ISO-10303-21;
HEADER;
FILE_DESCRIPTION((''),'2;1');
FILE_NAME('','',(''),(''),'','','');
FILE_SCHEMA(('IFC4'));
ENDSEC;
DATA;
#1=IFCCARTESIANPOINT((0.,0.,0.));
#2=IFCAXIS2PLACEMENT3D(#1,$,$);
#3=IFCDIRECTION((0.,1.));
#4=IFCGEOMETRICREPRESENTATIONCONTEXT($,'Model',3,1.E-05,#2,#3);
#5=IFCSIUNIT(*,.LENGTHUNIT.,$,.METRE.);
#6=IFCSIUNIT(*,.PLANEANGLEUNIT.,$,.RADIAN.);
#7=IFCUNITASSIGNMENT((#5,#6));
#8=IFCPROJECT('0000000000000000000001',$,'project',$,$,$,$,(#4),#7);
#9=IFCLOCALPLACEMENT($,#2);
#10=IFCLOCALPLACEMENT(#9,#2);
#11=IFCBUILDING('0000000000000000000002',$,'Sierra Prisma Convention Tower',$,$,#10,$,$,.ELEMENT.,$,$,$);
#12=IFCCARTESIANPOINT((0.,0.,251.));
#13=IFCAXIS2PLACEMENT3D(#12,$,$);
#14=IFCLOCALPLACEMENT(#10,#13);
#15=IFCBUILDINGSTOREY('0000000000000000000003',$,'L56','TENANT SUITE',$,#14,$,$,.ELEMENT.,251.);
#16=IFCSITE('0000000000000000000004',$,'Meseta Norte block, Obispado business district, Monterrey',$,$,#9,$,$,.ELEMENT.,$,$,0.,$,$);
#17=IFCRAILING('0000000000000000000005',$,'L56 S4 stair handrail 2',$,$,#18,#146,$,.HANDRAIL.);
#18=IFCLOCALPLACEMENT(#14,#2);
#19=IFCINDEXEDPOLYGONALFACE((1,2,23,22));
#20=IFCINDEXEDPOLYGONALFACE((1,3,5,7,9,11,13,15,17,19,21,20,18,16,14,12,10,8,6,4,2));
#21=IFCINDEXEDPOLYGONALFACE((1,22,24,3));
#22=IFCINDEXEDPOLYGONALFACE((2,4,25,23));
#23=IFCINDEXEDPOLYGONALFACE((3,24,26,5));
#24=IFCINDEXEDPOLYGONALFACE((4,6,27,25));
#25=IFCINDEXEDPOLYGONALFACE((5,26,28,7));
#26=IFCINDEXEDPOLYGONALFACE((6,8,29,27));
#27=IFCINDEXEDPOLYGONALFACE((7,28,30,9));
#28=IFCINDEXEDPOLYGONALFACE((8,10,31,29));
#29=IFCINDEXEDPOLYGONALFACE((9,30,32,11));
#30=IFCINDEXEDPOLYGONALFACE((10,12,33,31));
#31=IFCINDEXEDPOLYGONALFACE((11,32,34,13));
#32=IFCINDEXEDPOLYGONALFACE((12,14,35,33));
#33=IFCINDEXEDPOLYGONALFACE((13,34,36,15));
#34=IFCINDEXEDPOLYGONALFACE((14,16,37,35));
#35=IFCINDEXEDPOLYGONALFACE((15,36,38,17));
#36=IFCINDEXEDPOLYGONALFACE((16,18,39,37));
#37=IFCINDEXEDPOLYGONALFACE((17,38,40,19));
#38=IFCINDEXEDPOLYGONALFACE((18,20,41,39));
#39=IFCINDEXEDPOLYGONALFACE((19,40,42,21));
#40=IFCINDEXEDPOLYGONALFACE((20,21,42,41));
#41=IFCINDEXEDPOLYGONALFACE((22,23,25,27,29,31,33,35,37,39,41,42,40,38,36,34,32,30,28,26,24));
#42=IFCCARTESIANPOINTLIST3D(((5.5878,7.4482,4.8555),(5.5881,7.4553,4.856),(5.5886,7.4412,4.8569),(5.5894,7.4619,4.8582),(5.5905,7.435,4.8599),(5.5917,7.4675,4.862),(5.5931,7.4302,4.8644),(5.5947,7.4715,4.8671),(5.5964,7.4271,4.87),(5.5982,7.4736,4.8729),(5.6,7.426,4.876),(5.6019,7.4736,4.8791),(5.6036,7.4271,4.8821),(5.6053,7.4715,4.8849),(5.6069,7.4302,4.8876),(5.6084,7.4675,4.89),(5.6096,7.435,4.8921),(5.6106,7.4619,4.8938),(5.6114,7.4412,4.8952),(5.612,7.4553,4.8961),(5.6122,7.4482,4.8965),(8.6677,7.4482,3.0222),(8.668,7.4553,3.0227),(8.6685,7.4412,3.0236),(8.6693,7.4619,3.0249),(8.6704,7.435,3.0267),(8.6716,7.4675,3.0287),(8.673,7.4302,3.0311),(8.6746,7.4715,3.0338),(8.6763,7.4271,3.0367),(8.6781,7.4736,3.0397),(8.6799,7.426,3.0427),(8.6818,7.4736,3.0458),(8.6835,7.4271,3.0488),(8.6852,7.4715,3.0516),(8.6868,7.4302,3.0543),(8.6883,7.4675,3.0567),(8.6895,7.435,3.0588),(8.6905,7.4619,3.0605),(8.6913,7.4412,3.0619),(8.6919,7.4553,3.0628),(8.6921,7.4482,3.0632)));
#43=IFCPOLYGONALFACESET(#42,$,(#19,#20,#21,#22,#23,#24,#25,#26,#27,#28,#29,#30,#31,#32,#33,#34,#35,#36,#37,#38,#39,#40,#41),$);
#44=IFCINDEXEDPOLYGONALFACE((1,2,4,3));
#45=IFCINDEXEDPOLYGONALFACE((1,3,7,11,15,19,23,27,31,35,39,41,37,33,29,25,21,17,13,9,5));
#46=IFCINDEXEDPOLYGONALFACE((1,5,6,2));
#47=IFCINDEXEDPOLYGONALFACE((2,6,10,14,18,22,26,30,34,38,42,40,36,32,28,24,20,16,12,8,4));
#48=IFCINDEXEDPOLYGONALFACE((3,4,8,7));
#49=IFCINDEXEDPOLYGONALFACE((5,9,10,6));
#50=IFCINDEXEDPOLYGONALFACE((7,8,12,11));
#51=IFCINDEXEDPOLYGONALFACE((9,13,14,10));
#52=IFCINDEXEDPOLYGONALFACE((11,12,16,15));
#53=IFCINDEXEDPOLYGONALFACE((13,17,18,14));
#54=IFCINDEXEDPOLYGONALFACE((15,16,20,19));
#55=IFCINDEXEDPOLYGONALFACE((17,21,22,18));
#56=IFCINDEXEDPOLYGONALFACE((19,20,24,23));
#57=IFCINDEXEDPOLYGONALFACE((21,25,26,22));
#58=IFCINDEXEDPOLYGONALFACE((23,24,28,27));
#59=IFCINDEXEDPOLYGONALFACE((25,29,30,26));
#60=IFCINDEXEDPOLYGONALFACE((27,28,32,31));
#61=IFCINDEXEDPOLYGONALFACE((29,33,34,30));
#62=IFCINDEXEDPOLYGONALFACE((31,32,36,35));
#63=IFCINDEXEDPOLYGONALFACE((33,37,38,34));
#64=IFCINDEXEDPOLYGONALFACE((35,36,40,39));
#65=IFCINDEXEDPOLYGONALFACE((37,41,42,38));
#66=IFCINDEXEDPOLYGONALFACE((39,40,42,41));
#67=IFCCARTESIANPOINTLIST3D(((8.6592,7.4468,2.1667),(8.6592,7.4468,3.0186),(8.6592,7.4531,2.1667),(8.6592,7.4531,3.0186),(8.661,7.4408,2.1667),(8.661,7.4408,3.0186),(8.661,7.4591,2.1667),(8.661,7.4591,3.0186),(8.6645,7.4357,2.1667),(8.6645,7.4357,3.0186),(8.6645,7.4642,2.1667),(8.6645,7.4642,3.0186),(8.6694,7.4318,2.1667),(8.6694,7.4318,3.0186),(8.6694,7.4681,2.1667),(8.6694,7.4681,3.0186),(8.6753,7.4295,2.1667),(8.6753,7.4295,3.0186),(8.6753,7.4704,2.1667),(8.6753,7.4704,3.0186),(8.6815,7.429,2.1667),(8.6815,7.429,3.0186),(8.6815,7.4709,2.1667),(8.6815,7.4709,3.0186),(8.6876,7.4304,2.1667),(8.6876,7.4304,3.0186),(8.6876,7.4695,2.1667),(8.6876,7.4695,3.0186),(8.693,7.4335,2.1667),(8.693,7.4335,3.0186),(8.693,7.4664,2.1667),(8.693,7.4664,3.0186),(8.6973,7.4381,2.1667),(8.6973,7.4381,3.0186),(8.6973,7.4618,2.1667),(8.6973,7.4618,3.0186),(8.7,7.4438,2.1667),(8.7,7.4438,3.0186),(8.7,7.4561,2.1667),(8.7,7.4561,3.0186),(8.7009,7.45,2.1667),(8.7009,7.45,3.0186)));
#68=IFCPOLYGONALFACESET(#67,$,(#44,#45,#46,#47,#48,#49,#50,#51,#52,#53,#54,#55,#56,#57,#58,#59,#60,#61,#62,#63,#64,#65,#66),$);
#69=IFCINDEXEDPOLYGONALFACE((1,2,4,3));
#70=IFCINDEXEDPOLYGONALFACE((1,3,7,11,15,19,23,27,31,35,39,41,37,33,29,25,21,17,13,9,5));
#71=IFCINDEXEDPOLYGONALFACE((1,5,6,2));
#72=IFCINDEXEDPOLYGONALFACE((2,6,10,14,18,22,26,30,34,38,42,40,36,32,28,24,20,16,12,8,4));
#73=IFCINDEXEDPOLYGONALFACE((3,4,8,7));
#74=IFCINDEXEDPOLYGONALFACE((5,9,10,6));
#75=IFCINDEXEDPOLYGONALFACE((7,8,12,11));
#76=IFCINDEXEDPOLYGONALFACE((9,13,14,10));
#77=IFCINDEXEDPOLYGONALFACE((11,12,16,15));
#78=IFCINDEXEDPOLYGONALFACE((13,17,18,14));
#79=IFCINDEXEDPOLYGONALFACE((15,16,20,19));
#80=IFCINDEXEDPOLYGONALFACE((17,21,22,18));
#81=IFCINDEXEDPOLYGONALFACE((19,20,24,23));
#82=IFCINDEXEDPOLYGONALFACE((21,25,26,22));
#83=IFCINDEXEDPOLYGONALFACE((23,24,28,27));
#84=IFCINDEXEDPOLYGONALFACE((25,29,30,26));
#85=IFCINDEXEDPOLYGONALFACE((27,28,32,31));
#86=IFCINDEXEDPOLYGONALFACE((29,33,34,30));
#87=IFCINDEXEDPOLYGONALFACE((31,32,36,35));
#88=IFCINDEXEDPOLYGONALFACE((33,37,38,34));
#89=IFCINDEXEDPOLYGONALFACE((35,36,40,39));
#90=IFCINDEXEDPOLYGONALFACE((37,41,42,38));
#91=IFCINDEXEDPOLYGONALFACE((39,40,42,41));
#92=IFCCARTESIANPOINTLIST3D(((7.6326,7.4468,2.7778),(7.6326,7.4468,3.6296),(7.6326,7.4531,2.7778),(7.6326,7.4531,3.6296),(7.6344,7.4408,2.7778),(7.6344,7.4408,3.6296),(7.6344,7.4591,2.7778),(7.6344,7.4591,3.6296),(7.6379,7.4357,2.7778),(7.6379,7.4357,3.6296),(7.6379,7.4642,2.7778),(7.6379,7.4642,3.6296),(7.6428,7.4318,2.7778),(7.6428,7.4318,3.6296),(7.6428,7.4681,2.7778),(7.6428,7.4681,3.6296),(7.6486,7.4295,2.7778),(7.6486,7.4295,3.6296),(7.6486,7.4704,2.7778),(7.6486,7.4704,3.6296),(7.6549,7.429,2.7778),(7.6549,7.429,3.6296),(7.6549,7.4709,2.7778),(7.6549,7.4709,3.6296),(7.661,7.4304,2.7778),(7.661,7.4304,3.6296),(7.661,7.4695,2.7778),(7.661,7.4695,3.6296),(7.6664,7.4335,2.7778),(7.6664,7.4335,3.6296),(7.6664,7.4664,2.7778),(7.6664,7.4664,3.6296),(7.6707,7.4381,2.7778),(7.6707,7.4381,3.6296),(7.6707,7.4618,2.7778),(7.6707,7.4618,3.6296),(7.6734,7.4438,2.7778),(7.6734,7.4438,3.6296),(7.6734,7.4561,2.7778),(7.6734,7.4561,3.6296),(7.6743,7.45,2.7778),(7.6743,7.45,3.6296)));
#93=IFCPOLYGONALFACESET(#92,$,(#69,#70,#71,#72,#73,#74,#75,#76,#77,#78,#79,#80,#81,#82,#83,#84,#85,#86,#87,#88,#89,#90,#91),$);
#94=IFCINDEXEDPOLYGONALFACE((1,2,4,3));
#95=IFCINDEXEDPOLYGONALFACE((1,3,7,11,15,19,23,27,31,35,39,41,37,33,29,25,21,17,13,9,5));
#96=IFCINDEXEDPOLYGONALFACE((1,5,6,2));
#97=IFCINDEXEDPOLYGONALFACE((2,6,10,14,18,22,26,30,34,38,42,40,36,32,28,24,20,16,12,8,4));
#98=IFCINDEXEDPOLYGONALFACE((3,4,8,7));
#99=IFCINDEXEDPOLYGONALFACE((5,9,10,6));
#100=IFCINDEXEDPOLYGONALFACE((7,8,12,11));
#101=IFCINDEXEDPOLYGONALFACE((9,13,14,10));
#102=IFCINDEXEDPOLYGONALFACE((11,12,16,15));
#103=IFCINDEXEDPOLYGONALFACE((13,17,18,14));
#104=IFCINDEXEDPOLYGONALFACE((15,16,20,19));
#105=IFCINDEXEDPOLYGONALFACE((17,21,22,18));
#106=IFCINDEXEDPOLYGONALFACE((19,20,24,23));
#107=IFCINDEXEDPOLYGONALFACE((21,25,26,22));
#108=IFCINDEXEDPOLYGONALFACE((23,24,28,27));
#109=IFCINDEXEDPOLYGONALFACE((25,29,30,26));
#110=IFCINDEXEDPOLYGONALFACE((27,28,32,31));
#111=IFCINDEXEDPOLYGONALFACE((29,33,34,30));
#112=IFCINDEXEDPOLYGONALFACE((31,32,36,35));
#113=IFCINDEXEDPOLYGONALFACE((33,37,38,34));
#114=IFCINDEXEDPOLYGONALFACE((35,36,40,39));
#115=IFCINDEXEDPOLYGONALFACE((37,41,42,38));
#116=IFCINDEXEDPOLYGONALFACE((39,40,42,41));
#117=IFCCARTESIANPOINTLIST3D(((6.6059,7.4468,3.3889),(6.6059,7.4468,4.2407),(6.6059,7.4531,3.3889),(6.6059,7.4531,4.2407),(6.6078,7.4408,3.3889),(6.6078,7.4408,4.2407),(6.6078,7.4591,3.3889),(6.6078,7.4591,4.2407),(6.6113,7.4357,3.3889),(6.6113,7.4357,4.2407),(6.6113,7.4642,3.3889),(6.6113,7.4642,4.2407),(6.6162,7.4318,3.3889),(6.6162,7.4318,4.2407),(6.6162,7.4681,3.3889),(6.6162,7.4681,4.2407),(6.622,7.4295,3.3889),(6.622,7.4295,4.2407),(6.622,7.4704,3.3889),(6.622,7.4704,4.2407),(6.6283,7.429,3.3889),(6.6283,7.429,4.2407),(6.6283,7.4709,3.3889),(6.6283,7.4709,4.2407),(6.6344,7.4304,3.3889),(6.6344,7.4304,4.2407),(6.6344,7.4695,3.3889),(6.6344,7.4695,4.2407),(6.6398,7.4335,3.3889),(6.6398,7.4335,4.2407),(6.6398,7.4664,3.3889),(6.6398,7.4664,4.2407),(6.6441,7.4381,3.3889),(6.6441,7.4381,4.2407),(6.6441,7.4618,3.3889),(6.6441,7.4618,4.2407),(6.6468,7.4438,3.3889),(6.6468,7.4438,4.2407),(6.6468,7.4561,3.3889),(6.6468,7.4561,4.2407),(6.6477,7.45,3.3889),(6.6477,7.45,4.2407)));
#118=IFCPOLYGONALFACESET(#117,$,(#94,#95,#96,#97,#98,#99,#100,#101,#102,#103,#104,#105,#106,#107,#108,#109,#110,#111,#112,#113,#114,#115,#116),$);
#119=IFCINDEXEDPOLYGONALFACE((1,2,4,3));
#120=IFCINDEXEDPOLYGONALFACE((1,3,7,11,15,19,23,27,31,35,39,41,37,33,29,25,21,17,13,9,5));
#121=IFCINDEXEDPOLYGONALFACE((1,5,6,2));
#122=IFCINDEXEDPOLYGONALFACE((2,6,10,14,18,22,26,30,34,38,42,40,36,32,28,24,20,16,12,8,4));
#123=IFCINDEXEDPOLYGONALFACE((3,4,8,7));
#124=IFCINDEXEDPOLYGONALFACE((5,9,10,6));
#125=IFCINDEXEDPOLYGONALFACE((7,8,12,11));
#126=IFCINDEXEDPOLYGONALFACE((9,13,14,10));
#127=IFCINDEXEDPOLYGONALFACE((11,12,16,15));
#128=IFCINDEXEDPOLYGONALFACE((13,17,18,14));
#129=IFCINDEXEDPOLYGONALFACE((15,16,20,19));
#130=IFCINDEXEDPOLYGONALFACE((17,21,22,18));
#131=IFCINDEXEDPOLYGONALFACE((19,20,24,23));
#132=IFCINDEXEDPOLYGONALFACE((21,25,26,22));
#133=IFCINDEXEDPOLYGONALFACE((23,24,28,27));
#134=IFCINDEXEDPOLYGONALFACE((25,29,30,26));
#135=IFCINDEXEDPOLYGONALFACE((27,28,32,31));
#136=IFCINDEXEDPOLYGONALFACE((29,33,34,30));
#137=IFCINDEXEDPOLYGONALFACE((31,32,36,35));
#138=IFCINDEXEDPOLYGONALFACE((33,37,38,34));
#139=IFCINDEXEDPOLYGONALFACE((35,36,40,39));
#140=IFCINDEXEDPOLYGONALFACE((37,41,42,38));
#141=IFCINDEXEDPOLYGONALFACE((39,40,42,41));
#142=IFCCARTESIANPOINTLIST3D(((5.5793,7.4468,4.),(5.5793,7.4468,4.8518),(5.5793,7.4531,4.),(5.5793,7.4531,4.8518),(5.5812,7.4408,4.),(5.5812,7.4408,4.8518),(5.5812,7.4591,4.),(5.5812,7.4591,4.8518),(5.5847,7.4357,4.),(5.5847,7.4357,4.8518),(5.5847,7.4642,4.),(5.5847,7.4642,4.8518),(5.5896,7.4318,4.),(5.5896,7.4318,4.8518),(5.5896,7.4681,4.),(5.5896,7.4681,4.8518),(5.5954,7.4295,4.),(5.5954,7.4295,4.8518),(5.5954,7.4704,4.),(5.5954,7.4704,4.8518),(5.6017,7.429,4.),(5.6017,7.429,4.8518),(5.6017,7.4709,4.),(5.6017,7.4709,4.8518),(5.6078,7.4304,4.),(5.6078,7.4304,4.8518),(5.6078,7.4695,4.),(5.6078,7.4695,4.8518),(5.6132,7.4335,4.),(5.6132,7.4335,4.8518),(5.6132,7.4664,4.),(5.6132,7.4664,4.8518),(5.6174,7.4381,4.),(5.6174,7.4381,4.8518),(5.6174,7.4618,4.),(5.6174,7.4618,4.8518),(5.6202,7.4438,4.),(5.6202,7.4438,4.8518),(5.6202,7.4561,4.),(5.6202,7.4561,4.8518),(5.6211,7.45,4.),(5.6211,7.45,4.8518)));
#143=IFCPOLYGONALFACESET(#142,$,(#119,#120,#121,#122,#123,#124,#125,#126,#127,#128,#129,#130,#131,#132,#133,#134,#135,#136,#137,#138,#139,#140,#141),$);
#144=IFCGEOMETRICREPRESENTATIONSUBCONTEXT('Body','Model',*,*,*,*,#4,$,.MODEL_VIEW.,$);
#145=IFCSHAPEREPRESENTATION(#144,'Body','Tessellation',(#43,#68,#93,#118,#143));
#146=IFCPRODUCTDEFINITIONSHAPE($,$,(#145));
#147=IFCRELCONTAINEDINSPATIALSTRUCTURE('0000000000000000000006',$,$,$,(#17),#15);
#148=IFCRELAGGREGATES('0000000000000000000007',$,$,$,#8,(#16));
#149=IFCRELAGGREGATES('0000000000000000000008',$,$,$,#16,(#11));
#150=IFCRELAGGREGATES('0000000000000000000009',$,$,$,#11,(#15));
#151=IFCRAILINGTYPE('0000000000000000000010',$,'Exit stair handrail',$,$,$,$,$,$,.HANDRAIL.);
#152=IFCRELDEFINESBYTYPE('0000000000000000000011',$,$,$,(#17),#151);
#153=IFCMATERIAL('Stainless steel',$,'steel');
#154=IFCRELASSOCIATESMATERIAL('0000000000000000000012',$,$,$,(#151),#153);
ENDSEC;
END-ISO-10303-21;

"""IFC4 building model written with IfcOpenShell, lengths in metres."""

from ifc_helpers import new_model, si_unit, direction, frame, origin, origin_2d, place, context, subcontext, project, spatial, circle, extrude, material, type_object, element, save


model = new_model("IFC4")

# Units and contexts
model_context = context("Model", 3, precision=1e-05, world=origin(), true_north=direction((0.0, 1.0)))
body_context = subcontext(model_context, "Body", "Model", "MODEL_VIEW")
ifc_project = project(units=[si_unit("LENGTHUNIT", "METRE"), si_unit("PLANEANGLEUNIT", "RADIAN")], contexts=[model_context])

# Site, building, storey
site_placement = place(None, origin())
site = spatial("IfcSite", under=ifc_project, at=site_placement, Name="Meseta Norte block, Obispado business district, Monterrey", CompositionType="ELEMENT", RefElevation=0.0)
building_placement = place(site_placement, origin())
building = spatial("IfcBuilding", under=site, at=building_placement, Name="Sierra Prisma Convention Tower", CompositionType="ELEMENT")
storey_placement = place(building_placement, frame((0.0, 0.0, 251.0)))
storey = spatial("IfcBuildingStorey", under=building, at=storey_placement, Name="L56", Description="TENANT SUITE", CompositionType="ELEMENT", Elevation=251.0)

# Railing
ifc_material_1 = material(Name="Stainless steel", Category="steel")
railing_type_1 = type_object("IfcRailingType", Name="Exit stair handrail", PredefinedType="HANDRAIL", material=ifc_material_1)
railing_1_placement = place(storey_placement, frame((8.6799, 7.45, 2.1667)))
element("IfcRailing", 1, at=railing_1_placement, inside=storey, type_object=railing_type_1, Name="L56 S4 stair handrail 2", PredefinedType="HANDRAIL", context=body_context, shape_type="SweptSolid", body=[
    extrude(circle(Radius=0.0239, at=origin_2d()), frame((0.0, 0.0, 0.876), z_axis=(-0.859291, 0.0, 0.511487), x_axis=(0.0, -1.0, 0.0)), (0.0, 0.0, 1.0), 3.5842),
    extrude(circle(Radius=0.021, at=origin_2d()), origin(), (0.0, 0.0, 1.0), 0.8518),
    extrude(circle(Radius=0.021, at=origin_2d()), frame((-1.0266, 0.0, 0.6111)), (0.0, 0.0, 1.0), 0.8518),
    extrude(circle(Radius=0.021, at=origin_2d()), frame((-2.0532, 0.0, 1.2222)), (0.0, 0.0, 1.0), 0.8518),
    extrude(circle(Radius=0.021, at=origin_2d()), frame((-3.0798, 0.0, 1.8333)), (0.0, 0.0, 1.0), 0.8518),
])

save(model, "model.ifc")
